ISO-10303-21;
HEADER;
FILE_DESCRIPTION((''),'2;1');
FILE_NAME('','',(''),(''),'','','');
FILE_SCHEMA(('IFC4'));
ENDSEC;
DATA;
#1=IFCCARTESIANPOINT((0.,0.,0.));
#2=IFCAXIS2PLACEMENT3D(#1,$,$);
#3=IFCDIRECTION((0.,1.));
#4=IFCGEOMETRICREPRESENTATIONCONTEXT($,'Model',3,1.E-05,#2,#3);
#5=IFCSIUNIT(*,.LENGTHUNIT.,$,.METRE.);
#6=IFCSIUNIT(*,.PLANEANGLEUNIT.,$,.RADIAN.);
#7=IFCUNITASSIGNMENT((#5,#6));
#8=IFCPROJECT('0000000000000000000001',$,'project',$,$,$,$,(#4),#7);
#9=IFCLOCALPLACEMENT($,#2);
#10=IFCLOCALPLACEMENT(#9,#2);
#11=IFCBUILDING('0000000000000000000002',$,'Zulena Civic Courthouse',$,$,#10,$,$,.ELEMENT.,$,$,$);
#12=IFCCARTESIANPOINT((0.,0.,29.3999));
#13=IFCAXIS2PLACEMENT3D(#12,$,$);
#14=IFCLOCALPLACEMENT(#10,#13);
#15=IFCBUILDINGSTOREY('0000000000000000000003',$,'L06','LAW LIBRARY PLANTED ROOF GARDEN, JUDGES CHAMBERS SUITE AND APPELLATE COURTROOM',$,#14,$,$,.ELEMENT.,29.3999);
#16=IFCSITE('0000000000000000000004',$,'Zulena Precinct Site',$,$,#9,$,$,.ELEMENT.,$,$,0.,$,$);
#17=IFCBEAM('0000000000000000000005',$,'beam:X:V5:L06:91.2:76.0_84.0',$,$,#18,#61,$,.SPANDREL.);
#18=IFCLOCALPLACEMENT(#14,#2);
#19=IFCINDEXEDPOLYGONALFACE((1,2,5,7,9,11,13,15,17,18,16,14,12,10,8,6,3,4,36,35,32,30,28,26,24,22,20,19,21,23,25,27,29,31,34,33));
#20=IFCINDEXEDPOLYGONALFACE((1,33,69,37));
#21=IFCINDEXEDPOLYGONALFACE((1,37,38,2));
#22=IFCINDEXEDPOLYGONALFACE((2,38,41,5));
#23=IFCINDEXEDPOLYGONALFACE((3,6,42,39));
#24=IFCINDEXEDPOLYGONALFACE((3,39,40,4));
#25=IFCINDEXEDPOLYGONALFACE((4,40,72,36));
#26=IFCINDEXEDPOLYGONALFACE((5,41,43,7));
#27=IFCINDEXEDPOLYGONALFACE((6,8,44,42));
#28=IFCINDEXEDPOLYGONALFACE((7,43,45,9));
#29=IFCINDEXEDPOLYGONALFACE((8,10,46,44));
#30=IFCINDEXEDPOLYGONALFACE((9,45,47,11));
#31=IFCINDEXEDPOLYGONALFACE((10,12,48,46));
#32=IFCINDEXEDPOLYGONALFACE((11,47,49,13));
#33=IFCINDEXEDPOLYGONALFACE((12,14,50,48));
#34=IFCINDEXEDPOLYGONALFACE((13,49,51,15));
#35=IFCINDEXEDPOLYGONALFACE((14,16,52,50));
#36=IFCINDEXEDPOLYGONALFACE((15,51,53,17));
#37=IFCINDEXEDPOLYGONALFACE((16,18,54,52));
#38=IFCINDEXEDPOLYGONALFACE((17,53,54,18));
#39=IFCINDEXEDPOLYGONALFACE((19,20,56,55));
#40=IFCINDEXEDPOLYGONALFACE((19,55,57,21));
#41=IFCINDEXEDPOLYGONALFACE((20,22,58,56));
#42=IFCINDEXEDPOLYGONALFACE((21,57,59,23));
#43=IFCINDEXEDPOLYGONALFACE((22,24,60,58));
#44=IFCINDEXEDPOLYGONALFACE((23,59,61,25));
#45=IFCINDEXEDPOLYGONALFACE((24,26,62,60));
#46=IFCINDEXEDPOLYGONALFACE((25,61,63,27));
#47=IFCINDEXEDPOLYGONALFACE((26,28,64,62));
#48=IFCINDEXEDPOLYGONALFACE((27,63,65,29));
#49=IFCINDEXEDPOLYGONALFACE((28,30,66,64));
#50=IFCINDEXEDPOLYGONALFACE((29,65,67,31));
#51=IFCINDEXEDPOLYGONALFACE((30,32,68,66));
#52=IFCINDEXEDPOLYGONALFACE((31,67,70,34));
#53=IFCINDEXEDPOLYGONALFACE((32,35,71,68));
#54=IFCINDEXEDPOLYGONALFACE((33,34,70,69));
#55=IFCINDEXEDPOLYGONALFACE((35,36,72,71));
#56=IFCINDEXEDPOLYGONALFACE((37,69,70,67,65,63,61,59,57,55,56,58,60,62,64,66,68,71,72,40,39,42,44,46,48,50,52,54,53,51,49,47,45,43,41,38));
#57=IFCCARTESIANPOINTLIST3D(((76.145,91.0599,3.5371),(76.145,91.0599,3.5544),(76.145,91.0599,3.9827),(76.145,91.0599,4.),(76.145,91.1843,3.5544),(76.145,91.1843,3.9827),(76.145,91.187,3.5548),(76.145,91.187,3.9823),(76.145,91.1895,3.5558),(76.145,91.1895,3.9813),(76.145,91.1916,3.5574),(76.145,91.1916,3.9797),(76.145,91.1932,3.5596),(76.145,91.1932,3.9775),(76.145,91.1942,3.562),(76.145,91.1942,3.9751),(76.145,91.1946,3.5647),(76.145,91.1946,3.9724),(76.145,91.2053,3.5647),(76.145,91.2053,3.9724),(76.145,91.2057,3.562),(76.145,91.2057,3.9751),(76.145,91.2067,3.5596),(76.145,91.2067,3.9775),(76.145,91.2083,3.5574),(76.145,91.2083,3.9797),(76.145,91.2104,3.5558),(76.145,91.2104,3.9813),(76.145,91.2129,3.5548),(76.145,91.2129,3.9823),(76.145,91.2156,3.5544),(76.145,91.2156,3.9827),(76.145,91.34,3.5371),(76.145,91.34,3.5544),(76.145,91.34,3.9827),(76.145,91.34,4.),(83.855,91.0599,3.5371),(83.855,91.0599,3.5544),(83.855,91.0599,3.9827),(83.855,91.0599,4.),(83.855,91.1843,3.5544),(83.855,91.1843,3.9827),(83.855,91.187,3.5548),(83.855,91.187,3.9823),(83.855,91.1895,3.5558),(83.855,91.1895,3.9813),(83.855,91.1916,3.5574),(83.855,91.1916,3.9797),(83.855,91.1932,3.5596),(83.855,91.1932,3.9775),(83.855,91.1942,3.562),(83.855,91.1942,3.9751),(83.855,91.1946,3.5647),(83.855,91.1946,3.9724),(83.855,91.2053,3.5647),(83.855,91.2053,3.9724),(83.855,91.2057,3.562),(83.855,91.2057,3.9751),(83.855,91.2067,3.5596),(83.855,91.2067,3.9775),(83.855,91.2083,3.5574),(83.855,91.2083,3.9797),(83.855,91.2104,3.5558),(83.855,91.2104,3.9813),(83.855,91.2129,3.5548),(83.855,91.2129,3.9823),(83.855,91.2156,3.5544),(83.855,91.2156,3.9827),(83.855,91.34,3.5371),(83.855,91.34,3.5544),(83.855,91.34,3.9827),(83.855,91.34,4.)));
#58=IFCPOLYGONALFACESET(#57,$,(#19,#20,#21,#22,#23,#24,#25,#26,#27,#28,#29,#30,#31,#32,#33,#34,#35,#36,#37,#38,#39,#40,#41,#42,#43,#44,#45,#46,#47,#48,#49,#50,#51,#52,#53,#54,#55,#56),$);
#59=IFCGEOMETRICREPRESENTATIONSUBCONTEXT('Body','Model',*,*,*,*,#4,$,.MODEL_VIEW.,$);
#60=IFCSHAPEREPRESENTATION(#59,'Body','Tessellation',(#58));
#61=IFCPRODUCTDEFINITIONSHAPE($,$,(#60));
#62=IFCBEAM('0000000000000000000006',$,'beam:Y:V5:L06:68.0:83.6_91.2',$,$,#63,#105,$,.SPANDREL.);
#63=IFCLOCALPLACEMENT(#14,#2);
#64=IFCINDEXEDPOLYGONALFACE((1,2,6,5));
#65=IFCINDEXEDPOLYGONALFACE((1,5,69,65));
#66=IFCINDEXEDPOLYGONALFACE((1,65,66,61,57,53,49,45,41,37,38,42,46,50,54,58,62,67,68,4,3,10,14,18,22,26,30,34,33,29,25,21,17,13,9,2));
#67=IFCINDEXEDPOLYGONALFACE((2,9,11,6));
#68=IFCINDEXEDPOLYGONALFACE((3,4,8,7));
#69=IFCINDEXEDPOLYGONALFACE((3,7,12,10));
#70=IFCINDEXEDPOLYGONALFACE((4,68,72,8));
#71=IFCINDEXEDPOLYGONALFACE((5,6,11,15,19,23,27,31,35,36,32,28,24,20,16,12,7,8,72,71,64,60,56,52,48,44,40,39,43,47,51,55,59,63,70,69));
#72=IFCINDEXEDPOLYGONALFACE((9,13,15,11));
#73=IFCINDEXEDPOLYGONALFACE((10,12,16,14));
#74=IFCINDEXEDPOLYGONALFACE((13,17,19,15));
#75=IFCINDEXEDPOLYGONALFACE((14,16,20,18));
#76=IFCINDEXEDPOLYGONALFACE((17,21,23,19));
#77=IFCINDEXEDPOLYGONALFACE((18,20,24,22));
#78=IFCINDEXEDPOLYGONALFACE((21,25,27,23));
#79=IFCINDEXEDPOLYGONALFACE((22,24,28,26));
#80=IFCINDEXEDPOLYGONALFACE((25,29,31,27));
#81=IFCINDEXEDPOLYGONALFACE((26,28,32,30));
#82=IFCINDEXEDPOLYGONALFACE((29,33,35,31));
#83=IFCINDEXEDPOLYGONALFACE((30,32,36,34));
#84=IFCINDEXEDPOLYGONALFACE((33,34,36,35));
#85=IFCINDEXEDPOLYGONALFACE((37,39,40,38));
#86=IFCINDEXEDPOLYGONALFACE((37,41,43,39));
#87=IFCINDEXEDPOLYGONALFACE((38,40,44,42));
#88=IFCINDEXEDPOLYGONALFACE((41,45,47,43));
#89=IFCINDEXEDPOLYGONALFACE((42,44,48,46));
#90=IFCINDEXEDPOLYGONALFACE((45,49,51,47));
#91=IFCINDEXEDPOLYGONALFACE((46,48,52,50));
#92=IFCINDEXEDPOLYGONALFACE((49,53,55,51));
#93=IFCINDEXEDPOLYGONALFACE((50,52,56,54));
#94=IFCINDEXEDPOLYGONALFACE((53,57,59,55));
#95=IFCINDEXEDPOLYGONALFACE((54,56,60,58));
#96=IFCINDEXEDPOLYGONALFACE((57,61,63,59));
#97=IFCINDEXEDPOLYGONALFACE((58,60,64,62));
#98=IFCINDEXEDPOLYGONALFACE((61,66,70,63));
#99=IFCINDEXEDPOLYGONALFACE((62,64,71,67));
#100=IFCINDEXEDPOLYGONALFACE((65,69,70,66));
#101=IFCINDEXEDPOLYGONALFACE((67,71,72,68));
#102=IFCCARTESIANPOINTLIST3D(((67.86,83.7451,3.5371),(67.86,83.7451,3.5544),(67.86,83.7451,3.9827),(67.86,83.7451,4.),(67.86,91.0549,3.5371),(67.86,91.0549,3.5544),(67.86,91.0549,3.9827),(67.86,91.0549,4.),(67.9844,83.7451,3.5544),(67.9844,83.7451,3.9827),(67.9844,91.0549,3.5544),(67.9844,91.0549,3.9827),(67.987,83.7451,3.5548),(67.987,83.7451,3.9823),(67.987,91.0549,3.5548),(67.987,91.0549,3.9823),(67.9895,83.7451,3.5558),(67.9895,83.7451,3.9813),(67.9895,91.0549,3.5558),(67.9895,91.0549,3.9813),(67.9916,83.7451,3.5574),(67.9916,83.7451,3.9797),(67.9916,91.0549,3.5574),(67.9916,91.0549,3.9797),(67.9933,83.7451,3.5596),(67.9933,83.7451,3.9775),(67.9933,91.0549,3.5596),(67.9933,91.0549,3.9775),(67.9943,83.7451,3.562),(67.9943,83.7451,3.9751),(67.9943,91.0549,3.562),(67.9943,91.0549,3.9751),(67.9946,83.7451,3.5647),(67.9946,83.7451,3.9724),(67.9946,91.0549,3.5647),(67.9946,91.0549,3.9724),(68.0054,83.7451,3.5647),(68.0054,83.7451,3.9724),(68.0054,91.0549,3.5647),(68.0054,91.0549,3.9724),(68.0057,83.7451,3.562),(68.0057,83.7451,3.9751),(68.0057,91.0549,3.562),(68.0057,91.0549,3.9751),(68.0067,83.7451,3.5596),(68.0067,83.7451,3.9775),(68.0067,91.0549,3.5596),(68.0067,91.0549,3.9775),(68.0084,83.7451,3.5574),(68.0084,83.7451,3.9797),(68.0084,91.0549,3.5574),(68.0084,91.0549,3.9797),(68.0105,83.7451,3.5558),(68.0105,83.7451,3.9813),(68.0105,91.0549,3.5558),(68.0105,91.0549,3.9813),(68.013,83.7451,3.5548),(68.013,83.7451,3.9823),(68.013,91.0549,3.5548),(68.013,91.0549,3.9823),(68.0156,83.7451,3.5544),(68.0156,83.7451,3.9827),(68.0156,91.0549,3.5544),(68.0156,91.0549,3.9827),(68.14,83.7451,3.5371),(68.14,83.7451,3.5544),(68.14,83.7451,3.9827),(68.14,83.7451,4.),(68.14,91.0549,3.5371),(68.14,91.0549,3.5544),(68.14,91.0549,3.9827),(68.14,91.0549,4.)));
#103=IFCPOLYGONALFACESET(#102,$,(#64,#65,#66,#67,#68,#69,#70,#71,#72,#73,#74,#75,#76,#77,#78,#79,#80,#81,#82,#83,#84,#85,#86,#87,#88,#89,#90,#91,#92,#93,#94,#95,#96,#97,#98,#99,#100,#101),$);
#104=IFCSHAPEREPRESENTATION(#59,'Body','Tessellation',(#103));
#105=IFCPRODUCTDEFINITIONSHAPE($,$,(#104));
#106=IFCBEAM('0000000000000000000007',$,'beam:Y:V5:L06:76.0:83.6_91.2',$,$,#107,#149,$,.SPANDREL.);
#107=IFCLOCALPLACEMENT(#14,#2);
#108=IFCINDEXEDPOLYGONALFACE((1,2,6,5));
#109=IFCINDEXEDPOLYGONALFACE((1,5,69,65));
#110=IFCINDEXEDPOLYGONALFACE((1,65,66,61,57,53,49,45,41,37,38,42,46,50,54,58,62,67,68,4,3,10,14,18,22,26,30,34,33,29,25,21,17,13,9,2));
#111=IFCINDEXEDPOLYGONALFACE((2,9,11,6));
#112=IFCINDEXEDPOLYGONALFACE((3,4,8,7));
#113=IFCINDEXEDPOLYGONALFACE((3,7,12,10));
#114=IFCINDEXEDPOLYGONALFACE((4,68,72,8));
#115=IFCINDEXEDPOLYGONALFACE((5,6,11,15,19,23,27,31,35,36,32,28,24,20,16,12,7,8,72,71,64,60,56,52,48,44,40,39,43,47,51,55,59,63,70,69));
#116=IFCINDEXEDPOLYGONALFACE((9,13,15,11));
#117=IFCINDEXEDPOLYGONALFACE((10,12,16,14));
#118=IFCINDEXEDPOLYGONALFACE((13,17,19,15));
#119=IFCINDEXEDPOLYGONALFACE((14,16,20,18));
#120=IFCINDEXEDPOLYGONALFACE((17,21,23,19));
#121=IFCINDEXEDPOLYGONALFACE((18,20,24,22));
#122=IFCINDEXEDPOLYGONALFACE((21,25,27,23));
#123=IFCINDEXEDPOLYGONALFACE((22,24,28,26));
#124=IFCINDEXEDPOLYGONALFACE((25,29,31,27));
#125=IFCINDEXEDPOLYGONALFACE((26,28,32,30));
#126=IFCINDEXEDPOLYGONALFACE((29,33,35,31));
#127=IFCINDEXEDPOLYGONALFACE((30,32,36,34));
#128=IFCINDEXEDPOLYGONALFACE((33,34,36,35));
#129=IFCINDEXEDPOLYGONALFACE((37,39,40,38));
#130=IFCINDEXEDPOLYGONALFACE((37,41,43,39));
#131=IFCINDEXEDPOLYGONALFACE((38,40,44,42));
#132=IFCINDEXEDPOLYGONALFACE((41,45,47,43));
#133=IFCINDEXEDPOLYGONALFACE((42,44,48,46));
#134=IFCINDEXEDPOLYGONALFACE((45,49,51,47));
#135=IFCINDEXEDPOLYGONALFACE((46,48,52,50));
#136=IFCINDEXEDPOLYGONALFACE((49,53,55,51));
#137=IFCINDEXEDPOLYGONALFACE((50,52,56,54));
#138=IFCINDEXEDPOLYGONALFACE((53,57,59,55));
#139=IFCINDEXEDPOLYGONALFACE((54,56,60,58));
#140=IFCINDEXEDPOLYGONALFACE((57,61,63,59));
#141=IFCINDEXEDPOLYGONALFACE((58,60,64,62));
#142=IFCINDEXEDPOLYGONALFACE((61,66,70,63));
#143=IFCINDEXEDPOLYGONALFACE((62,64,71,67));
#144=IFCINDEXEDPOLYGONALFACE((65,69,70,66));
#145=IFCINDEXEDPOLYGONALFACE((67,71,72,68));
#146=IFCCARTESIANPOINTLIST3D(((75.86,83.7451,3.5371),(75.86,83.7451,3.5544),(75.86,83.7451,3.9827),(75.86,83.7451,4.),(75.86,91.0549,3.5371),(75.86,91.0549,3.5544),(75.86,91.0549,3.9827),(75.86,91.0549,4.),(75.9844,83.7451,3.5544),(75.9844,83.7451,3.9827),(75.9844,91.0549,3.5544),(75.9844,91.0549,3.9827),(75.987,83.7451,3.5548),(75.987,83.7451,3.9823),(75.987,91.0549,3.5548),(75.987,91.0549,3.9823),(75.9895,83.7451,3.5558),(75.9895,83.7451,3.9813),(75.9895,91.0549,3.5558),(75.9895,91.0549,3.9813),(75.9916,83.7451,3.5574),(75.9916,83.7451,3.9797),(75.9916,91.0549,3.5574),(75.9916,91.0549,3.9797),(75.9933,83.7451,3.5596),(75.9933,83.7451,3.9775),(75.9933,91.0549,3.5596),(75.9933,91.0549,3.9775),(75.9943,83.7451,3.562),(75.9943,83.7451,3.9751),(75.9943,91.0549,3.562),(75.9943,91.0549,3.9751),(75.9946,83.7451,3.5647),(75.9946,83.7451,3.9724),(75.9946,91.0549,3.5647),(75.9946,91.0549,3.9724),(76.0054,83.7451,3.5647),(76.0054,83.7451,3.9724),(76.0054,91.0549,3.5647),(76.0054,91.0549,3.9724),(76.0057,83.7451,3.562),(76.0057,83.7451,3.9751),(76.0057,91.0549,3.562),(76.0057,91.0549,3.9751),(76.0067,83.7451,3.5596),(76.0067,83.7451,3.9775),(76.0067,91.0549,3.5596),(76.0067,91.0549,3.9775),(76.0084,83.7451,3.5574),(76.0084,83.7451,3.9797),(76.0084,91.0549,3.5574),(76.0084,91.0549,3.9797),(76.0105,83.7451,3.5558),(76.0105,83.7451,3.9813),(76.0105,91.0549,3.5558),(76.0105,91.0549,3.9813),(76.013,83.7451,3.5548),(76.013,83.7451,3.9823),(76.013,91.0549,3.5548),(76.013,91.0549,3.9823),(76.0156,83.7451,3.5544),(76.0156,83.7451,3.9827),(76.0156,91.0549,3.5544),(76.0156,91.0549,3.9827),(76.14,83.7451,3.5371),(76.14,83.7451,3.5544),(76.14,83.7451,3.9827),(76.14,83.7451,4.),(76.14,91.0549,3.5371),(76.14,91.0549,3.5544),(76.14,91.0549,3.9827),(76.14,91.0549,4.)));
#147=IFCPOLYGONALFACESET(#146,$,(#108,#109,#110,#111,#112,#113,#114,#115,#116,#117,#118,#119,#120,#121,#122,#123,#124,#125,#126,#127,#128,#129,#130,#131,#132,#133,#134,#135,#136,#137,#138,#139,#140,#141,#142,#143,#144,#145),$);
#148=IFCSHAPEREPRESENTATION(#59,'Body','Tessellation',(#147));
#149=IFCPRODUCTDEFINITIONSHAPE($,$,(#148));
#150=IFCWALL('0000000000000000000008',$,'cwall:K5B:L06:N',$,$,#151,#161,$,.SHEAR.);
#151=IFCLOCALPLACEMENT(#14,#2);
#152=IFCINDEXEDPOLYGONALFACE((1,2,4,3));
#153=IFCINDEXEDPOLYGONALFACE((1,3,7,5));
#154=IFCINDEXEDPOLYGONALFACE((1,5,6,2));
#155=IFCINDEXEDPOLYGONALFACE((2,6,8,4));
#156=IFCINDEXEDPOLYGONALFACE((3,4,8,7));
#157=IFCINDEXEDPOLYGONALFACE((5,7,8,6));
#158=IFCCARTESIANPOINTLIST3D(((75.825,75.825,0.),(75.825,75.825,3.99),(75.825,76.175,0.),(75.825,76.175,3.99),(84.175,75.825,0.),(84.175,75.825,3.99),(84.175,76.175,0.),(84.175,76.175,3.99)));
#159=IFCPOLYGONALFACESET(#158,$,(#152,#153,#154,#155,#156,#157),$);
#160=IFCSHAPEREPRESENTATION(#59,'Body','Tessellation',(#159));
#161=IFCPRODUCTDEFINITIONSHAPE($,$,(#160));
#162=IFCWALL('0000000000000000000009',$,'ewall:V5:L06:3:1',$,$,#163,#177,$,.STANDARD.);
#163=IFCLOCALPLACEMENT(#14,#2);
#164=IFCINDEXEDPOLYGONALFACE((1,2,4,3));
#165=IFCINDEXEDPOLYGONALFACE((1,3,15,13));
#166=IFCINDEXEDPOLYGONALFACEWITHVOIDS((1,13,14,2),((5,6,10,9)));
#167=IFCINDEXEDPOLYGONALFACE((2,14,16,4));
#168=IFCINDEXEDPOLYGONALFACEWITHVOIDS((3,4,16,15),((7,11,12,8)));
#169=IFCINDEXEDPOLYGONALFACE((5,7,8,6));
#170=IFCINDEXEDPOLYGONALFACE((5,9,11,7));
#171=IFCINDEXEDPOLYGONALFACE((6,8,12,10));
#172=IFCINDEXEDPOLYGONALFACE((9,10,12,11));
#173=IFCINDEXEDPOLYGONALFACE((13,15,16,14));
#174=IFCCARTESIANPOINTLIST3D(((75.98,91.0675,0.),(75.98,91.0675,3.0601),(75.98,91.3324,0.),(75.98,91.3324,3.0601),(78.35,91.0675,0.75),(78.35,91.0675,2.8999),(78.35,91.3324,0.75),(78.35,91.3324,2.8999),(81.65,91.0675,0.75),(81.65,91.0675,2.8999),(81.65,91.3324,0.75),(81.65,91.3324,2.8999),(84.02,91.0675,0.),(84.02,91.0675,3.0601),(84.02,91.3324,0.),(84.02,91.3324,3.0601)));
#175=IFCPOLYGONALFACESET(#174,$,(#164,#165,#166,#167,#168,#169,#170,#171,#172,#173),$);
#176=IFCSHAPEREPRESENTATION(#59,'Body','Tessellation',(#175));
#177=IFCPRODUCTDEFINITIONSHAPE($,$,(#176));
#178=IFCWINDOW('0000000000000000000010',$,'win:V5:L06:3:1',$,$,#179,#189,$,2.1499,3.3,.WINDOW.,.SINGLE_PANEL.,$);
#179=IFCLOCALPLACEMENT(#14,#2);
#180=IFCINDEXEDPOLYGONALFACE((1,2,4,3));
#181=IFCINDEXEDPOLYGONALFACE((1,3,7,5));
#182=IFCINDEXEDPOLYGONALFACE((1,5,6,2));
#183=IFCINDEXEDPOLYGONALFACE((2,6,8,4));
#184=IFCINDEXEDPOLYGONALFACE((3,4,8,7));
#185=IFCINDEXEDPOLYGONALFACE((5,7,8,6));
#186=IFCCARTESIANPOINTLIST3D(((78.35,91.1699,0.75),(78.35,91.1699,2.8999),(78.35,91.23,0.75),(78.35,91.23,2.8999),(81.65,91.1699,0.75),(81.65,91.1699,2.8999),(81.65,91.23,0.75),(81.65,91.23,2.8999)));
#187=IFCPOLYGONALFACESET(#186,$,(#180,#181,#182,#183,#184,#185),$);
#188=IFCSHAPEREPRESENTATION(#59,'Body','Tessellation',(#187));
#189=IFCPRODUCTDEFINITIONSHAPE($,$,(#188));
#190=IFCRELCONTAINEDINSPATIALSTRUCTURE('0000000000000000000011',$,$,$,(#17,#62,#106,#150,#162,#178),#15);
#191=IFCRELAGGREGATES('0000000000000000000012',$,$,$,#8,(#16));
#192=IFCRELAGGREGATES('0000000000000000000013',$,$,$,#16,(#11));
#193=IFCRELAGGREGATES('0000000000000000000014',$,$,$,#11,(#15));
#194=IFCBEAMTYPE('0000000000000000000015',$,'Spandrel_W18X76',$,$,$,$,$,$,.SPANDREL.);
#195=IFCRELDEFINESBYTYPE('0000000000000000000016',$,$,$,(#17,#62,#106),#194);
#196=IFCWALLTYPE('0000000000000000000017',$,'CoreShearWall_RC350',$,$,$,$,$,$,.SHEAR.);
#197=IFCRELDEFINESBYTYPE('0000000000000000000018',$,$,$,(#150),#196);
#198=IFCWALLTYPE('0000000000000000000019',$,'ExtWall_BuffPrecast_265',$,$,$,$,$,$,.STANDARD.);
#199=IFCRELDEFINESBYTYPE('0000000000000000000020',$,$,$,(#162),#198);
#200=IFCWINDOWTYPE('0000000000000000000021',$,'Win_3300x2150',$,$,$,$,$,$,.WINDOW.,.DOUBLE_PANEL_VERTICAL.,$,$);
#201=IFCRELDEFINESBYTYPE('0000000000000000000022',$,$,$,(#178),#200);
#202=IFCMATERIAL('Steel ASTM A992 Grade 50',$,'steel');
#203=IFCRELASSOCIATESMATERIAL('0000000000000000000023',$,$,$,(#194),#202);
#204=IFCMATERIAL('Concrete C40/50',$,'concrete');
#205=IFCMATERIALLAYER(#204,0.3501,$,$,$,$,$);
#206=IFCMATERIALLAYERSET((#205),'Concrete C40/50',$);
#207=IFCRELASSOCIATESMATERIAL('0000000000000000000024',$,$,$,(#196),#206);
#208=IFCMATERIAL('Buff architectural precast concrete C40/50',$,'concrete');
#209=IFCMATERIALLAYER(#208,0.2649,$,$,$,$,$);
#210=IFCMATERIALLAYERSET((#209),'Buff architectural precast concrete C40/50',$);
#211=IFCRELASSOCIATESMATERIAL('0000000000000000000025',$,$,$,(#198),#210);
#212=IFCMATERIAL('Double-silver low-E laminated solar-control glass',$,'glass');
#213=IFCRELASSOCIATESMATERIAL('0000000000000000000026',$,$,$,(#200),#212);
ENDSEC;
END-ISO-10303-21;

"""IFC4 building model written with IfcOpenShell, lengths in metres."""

from ifc_helpers import new_model, si_unit, direction, frame, frame_2d, origin, origin_2d, place, context, subcontext, project, spatial, rectangle, i_section, extrude, material, layer, layer_set, material_profile, profile_set, type_object, element, fill, save


model = new_model("IFC4")

# Units and contexts
model_context = context("Model", 3, precision=1e-05, world=origin(), true_north=direction((0.0, 1.0)))
body_context = subcontext(model_context, "Body", "Model", "MODEL_VIEW")
ifc_project = project(units=[si_unit("LENGTHUNIT", "METRE"), si_unit("PLANEANGLEUNIT", "RADIAN")], contexts=[model_context])

# Site, building, storey
site_placement = place(None, origin())
site = spatial("IfcSite", under=ifc_project, at=site_placement, Name="Zulena Precinct Site", CompositionType="ELEMENT", RefElevation=0.0)
building_placement = place(site_placement, origin())
building = spatial("IfcBuilding", under=site, at=building_placement, Name="Zulena Civic Courthouse", CompositionType="ELEMENT")
storey_placement = place(building_placement, frame((0.0, 0.0, 29.3999)))
storey = spatial("IfcBuildingStorey", under=building, at=storey_placement, Name="L06", Description="LAW LIBRARY PLANTED ROOF GARDEN, JUDGES CHAMBERS SUITE AND APPELLATE COURTROOM", CompositionType="ELEMENT", Elevation=29.3999)

# Shared definitions
ifc_material_1 = material(Name="Steel ASTM A992 Grade 50", Category="steel")

# Beams
ifc_material_profile_1 = material_profile(ifc_material_1, i_section(OverallWidth=0.28, OverallDepth=0.4629, WebThickness=0.0107, FlangeThickness=0.0173, FilletRadius=0.0103, at=origin_2d()), Name="W18X76")
ifc_profile_set_1 = profile_set([ifc_material_profile_1], Name="Steel ASTM A992 Grade 50")
beam_type_1 = type_object("IfcBeamType", Name="Spandrel_W18X76", PredefinedType="SPANDREL", material=ifc_profile_set_1)
for number, where, z_axis, x_axis, name in (
    (1, (76.145, 91.2, 3.7686), (1.0, 0.0, 0.0), (0.0, 1.0, 0.0), "beam:X:V5:L06:91.2:76.0_84.0"),
):
    element("IfcBeam", number, at=place(storey_placement, frame(where, z_axis=z_axis, x_axis=x_axis)), inside=storey, type_object=beam_type_1, Name=name, PredefinedType="SPANDREL", context=body_context, shape_type="SweptSolid", body=[
        extrude(i_section(OverallWidth=0.28, OverallDepth=0.4629, WebThickness=0.0107, FlangeThickness=0.0173, FilletRadius=0.0103, at=origin_2d()), origin(), (0.0, 0.0, 1.0), 7.71),
    ])
for number, where, z_axis, x_axis, name in (
    (2, (68.0, 83.7451, 3.7686), (0.0, 1.0, 0.0), (-1.0, 0.0, 0.0), "beam:Y:V5:L06:68.0:83.6_91.2"),
    (3, (76.0, 83.7451, 3.7686), (0.0, 1.0, 0.0), (-1.0, 0.0, 0.0), "beam:Y:V5:L06:76.0:83.6_91.2"),
):
    element("IfcBeam", number, at=place(storey_placement, frame(where, z_axis=z_axis, x_axis=x_axis)), inside=storey, type_object=beam_type_1, Name=name, PredefinedType="SPANDREL", context=body_context, shape_type="SweptSolid", body=[
        extrude(i_section(OverallWidth=0.28, OverallDepth=0.4629, WebThickness=0.0107, FlangeThickness=0.0173, FilletRadius=0.0103, at=origin_2d()), origin(), (0.0, 0.0, 1.0), 7.3098),
    ])

# Wall
ifc_material_2 = material(Name="Concrete C40/50", Category="concrete")
ifc_layer_1 = layer(ifc_material_2, 0.3501)
ifc_layer_set_1 = layer_set([ifc_layer_1], Name="Concrete C40/50")
wall_type_1 = type_object("IfcWallType", Name="CoreShearWall_RC350", PredefinedType="SHEAR", material=ifc_layer_set_1)
wall_1_placement = place(storey_placement, frame((75.825, 76.0, 0.0), z_axis=(0.0, 0.0, 1.0), x_axis=(1.0, 0.0, 0.0)))
element("IfcWall", 4, at=wall_1_placement, inside=storey, type_object=wall_type_1, Name="cwall:K5B:L06:N", PredefinedType="SHEAR", context=body_context, shape_type="SweptSolid", body=[
    extrude(rectangle(XDim=8.3501, YDim=0.3501, at=frame_2d((4.175, 0.0))), origin(), (0.0, 0.0, 1.0), 3.99),
])

# Wall, opening, window
ifc_material_3 = material(Name="Buff architectural precast concrete C40/50", Category="concrete")
ifc_layer_2 = layer(ifc_material_3, 0.2649)
ifc_layer_set_2 = layer_set([ifc_layer_2], Name="Buff architectural precast concrete C40/50")
wall_type_2 = type_object("IfcWallType", Name="ExtWall_BuffPrecast_265", PredefinedType="STANDARD", material=ifc_layer_set_2)
wall_2_placement = place(storey_placement, frame((75.98, 91.2, 0.0), z_axis=(0.0, 0.0, 1.0), x_axis=(1.0, 0.0, 0.0)))
wall_2 = element("IfcWall", 5, at=wall_2_placement, inside=storey, type_object=wall_type_2, Name="ewall:V5:L06:3:1", PredefinedType="STANDARD", context=body_context, shape_type="SweptSolid", body=[
    extrude(rectangle(XDim=8.04, YDim=0.2649, at=frame_2d((4.02, 0.0))), origin(), (0.0, 0.0, 1.0), 3.0601),
])
opening_placement = place(wall_2_placement, frame((2.3701, 0.0, 0.75)))
opening = element("IfcOpeningElement", 6, at=opening_placement, cuts=wall_2, PredefinedType="OPENING", context=body_context, shape_type="SweptSolid", body=[
    extrude(rectangle(XDim=3.3, YDim=2.1499, at=frame_2d((1.6499, 1.075))), frame((0.0, 0.1423, 0.0), z_axis=(0.0, -1.0, 0.0), x_axis=(1.0, 0.0, 0.0)), (0.0, 0.0, 1.0), 0.2849),
])
ifc_material_4 = material(Name="Double-silver low-E laminated solar-control glass", Category="glass")
window_type = type_object("IfcWindowType", Name="Win_3300x2150", PartitioningType="DOUBLE_PANEL_VERTICAL", PredefinedType="WINDOW", material=ifc_material_4)
window_placement = place(opening_placement, origin())
window = element("IfcWindow", 7, at=window_placement, inside=storey, type_object=window_type, Name="win:V5:L06:3:1", OverallHeight=2.1499, OverallWidth=3.3, PartitioningType="SINGLE_PANEL", PredefinedType="WINDOW", context=body_context, shape_type="SweptSolid", body=[
    extrude(rectangle(XDim=3.3, YDim=2.1499, at=frame_2d((1.6499, 1.075))), frame((0.0, 0.03, 0.0), z_axis=(0.0, -1.0, 0.0), x_axis=(1.0, 0.0, 0.0)), (0.0, 0.0, 1.0), 0.0601),
])
fill(opening, window)

save(model, "model.ifc")
